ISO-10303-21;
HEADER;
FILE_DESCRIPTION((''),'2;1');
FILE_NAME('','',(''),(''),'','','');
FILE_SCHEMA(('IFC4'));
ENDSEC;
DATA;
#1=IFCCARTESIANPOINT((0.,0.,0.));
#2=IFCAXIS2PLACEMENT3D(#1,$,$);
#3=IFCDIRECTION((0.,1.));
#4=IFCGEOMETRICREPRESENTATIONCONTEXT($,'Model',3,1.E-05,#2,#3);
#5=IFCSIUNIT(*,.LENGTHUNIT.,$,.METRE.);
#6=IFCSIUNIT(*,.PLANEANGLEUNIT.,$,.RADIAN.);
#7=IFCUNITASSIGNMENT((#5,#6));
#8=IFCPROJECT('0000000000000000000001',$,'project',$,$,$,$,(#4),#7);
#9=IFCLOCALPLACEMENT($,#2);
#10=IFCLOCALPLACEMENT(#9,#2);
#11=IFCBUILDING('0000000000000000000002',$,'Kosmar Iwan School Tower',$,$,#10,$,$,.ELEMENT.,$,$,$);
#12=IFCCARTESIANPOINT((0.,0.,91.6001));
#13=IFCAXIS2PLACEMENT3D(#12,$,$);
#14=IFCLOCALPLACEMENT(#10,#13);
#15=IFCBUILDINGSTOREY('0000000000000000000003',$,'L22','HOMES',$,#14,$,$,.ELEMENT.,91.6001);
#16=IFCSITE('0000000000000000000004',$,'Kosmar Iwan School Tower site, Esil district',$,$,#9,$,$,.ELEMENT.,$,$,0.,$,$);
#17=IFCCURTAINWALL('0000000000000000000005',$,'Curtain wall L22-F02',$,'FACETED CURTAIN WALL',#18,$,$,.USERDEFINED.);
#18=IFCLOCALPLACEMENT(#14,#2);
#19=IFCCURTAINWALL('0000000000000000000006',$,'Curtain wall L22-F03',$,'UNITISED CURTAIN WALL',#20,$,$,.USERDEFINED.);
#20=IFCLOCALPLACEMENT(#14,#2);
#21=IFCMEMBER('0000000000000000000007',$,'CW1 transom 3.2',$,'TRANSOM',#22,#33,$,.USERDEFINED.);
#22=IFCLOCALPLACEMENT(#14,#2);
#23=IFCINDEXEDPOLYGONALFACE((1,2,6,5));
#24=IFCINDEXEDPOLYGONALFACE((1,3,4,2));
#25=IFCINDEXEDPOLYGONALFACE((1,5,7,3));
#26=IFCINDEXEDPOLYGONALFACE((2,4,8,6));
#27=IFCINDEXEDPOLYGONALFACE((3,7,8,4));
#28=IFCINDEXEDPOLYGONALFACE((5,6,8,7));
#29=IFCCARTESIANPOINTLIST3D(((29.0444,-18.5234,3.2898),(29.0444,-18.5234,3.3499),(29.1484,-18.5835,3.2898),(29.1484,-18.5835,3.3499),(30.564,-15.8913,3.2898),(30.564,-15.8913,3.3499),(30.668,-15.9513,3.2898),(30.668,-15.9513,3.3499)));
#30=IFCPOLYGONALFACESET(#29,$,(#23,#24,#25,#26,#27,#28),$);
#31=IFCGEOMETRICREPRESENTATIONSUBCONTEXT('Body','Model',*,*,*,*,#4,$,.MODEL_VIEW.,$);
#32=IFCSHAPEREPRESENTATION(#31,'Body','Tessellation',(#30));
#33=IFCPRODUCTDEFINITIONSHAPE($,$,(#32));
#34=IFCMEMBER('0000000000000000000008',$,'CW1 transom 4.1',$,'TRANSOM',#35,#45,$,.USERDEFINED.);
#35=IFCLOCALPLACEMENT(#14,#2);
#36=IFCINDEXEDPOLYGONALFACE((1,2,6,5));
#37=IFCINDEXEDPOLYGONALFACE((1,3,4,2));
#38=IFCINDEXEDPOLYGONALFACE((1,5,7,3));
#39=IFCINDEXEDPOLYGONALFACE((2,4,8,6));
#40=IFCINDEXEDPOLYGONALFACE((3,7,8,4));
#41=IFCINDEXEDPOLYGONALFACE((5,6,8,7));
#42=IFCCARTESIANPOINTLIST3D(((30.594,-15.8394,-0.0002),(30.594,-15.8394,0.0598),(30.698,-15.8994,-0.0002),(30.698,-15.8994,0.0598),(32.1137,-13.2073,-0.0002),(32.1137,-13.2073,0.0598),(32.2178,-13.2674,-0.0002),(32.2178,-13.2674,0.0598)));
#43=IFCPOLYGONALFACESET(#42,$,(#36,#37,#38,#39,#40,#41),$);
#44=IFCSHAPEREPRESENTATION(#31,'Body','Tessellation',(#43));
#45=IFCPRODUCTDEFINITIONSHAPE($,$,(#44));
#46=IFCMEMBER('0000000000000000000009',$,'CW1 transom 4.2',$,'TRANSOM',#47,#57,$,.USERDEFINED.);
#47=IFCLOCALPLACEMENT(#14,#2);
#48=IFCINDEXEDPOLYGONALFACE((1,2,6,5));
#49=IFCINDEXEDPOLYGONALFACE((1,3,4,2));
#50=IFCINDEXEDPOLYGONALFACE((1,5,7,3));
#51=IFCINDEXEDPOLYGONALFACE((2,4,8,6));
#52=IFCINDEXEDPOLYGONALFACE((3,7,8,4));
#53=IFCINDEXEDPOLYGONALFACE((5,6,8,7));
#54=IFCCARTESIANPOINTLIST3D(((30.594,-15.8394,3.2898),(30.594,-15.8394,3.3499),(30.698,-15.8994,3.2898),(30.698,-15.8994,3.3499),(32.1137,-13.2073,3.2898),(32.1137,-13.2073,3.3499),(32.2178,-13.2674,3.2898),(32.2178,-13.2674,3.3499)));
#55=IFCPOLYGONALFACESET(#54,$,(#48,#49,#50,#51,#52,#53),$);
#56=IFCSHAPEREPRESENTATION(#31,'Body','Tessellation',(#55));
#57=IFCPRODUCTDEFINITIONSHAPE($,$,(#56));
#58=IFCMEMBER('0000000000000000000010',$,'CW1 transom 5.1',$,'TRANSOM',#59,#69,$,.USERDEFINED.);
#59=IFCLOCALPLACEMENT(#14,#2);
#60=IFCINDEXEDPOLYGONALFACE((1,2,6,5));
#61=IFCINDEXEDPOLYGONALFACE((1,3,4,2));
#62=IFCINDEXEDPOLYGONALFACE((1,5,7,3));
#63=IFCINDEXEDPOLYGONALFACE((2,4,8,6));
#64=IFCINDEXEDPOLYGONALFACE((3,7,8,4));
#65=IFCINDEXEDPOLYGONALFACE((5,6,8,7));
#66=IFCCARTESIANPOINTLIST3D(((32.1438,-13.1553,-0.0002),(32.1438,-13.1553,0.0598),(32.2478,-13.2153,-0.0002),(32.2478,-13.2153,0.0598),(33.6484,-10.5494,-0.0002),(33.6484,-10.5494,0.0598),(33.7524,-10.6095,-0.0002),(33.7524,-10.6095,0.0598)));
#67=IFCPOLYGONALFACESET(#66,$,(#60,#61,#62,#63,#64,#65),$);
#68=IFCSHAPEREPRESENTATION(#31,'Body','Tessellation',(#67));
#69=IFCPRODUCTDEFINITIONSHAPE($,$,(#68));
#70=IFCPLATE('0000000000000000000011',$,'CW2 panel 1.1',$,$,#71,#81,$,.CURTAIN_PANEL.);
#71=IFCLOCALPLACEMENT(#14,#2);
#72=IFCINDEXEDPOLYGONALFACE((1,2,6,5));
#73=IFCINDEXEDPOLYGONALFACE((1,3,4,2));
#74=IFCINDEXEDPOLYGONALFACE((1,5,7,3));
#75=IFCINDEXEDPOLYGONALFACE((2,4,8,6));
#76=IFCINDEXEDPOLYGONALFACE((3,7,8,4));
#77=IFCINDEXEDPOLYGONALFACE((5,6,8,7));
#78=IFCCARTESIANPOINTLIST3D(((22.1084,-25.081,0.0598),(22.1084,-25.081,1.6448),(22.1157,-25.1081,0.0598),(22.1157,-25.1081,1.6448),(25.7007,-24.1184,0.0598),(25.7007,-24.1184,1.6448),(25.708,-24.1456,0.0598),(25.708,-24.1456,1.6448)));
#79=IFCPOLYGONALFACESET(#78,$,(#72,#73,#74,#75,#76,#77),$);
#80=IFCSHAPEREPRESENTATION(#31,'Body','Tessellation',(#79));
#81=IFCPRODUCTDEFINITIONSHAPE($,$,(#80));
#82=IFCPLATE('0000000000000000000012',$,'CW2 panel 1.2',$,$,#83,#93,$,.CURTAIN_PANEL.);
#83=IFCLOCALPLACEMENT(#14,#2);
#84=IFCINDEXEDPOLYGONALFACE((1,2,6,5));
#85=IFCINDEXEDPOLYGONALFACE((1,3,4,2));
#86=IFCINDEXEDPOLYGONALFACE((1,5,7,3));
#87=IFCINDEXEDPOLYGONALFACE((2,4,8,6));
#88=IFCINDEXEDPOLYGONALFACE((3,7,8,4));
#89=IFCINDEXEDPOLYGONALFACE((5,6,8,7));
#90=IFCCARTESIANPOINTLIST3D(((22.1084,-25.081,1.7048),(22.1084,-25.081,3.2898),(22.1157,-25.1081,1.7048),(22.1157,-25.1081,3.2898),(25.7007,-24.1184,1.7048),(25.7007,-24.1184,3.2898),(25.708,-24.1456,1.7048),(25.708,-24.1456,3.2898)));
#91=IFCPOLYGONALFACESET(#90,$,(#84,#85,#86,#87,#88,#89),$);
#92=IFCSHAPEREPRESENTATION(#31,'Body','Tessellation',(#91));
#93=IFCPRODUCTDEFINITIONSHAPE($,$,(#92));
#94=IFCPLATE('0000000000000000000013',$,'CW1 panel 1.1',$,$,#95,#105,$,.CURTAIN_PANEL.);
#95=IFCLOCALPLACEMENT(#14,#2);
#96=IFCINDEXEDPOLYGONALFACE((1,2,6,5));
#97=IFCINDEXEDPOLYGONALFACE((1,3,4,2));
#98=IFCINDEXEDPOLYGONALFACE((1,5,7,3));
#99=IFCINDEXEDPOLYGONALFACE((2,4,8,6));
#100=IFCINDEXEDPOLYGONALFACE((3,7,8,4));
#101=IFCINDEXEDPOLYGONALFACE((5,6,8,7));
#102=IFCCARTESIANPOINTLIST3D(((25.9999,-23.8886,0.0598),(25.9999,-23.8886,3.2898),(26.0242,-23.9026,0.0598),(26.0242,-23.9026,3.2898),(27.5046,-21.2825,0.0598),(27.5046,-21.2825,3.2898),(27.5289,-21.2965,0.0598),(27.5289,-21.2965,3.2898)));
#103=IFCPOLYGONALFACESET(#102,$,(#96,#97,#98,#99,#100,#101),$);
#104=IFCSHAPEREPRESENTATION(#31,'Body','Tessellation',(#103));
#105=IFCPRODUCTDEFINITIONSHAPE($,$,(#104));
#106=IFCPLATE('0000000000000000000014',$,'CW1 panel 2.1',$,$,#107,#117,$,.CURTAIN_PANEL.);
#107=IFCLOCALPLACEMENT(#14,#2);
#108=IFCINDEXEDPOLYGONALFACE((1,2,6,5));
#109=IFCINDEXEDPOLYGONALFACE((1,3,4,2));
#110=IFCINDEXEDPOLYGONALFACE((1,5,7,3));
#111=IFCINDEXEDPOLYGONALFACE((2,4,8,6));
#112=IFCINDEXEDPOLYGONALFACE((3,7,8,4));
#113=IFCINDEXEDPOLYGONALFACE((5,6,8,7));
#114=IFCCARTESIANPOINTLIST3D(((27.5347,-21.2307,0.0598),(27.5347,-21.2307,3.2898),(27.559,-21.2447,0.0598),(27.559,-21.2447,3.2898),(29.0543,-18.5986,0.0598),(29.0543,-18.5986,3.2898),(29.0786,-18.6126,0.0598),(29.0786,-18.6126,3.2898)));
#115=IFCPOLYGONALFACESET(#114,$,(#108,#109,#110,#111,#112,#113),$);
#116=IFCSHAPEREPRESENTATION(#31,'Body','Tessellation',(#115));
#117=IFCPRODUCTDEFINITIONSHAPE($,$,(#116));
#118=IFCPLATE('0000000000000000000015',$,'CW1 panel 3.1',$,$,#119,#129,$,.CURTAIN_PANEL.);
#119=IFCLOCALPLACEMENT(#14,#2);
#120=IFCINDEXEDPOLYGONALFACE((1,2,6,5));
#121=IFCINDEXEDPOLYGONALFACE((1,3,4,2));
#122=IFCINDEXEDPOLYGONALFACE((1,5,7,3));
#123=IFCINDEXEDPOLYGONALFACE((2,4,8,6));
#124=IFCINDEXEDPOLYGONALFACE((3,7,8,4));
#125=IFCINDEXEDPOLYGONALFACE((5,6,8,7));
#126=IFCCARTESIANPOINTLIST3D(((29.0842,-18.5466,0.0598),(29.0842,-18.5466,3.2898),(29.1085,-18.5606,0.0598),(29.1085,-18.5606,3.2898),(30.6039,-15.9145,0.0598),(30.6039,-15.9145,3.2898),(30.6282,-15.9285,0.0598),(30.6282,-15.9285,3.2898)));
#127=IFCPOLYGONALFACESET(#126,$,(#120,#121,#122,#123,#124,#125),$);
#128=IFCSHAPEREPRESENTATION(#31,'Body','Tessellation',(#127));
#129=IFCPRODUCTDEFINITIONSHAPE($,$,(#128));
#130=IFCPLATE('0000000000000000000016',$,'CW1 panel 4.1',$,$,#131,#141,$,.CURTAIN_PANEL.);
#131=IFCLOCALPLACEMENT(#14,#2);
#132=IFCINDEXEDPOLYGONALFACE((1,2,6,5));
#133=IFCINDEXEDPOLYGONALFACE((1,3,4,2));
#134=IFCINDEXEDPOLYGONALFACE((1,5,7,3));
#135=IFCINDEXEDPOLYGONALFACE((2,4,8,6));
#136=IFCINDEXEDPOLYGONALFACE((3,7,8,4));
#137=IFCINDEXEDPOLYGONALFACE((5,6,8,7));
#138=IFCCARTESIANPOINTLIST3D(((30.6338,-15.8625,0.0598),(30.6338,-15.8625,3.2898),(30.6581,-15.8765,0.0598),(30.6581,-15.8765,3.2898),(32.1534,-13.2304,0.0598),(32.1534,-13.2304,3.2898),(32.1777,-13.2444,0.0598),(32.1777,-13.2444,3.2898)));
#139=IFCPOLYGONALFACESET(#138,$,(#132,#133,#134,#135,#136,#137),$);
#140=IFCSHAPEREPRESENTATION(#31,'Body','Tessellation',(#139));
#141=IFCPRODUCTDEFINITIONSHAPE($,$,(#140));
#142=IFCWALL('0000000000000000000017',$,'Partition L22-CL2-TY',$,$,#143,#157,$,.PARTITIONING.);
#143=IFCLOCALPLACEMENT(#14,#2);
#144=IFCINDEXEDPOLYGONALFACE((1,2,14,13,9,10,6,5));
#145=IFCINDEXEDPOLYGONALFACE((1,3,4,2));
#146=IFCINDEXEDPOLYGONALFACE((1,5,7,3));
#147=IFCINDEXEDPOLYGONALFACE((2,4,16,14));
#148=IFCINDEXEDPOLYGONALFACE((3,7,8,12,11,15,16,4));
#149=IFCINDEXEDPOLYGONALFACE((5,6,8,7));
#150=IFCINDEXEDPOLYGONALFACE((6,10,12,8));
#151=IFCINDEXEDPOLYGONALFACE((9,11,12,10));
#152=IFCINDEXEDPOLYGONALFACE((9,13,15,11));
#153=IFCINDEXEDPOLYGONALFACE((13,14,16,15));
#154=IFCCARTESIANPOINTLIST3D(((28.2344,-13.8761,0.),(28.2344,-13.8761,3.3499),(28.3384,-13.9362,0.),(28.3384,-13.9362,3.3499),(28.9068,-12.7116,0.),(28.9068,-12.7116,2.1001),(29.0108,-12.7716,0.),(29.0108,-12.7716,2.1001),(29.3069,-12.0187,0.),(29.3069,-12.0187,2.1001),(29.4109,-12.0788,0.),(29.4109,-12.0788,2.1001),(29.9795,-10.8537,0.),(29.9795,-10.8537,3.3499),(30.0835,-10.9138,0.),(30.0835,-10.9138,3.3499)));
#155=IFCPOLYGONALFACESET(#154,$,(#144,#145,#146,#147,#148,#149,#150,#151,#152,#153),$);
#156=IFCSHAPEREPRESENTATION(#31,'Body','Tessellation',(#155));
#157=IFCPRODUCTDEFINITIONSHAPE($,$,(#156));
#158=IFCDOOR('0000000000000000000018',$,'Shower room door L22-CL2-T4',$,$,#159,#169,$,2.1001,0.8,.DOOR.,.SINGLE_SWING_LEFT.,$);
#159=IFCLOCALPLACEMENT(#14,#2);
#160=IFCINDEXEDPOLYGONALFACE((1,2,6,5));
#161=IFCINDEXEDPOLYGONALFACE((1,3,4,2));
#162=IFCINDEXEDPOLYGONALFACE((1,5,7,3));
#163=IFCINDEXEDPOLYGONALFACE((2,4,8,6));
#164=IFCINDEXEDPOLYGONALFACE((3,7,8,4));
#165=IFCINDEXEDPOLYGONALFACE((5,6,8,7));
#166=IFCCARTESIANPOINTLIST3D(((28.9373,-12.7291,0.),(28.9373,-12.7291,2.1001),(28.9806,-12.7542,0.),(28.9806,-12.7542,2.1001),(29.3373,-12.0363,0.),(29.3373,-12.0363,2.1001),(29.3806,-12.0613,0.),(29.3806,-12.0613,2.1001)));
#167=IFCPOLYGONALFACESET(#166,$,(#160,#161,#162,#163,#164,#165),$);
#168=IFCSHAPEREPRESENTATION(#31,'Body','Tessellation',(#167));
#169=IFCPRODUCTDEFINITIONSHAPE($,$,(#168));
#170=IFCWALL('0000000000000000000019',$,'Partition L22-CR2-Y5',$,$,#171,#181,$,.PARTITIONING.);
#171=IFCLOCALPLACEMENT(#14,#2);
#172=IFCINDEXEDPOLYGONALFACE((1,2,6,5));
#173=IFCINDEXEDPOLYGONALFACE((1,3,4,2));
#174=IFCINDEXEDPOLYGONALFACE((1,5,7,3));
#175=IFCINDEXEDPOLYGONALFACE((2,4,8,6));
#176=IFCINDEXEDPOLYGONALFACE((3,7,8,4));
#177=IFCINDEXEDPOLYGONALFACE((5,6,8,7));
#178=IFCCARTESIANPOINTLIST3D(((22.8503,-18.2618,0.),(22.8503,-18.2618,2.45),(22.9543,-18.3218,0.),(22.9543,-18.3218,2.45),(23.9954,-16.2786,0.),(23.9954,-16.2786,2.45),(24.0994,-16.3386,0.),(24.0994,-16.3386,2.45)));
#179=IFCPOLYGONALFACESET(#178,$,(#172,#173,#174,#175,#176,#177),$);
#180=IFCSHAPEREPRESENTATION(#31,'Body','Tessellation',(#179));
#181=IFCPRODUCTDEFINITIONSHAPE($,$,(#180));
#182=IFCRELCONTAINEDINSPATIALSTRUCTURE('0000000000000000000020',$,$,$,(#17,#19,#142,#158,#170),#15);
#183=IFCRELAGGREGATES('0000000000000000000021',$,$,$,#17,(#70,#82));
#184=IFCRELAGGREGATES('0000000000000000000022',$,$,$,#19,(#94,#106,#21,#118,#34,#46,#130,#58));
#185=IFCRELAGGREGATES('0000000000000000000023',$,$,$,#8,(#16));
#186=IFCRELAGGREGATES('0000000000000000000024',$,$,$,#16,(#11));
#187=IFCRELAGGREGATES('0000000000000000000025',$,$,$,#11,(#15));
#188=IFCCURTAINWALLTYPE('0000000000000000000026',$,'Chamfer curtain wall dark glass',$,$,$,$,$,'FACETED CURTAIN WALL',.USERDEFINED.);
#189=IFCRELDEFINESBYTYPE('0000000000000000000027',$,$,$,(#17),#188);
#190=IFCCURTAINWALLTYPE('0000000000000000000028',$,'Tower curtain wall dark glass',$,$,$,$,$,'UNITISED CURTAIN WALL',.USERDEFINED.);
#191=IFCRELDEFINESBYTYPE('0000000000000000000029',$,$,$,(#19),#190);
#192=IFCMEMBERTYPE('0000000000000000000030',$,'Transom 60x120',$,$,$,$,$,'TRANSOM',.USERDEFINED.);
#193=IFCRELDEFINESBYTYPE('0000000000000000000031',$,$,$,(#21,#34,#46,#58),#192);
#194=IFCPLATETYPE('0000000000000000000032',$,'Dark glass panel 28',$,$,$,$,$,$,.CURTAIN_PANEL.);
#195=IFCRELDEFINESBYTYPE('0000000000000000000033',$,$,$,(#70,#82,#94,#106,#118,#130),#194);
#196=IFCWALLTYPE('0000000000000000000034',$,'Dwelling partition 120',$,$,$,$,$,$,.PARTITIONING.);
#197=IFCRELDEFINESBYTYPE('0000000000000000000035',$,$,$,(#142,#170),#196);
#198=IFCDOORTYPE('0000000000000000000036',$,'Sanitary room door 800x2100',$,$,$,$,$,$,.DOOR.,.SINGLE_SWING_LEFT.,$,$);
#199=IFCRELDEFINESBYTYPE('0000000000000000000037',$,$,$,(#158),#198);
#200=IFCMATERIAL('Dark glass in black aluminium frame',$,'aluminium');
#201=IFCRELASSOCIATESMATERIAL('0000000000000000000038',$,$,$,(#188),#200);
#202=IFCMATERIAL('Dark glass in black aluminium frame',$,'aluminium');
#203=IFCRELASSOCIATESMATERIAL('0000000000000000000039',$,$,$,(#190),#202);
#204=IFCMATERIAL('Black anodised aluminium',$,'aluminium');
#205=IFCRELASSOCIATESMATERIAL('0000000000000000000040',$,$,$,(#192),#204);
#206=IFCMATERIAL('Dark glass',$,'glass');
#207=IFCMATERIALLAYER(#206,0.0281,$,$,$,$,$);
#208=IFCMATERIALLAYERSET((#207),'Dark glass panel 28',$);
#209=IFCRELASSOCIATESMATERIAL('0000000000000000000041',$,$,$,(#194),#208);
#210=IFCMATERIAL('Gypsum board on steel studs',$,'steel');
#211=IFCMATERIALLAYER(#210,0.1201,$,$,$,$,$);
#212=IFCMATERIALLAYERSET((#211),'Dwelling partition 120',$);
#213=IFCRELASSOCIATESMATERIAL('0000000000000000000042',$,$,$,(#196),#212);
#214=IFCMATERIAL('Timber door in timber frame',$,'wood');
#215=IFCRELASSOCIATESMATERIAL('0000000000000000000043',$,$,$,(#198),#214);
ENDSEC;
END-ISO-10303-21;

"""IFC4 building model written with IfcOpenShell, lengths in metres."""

from ifc_helpers import new_model, si_unit, direction, frame, frame_2d, origin, origin_2d, place, context, subcontext, project, spatial, rectangle, extrude, material, layer, layer_set, material_profile, profile_set, type_object, element, fill, aggregate, save


model = new_model("IFC4")

# Units and contexts
model_context = context("Model", 3, precision=1e-05, world=origin(), true_north=direction((0.0, 1.0)))
body_context = subcontext(model_context, "Body", "Model", "MODEL_VIEW")
ifc_project = project(units=[si_unit("LENGTHUNIT", "METRE"), si_unit("PLANEANGLEUNIT", "RADIAN")], contexts=[model_context])

# Site, building, storey
site_placement = place(None, origin())
site = spatial("IfcSite", under=ifc_project, at=site_placement, Name="Kosmar Iwan School Tower site, Esil district", CompositionType="ELEMENT", RefElevation=0.0)
building_placement = place(site_placement, origin())
building = spatial("IfcBuilding", under=site, at=building_placement, Name="Kosmar Iwan School Tower", CompositionType="ELEMENT")
storey_placement = place(building_placement, frame((0.0, 0.0, 91.6001)))
storey = spatial("IfcBuildingStorey", under=building, at=storey_placement, Name="L22", Description="HOMES", CompositionType="ELEMENT", Elevation=91.6001)

# Curtain wall
ifc_material_1 = material(Name="Dark glass in black aluminium frame", Category="aluminium")
curtain_wall_type_1 = type_object("IfcCurtainWallType", Name="Chamfer curtain wall dark glass", ElementType="FACETED CURTAIN WALL", PredefinedType="USERDEFINED", material=ifc_material_1)
curtain_wall_1_placement = place(storey_placement, origin())
curtain_wall_1 = element("IfcCurtainWall", 1, at=curtain_wall_1_placement, inside=storey, type_object=curtain_wall_type_1, Name="Curtain wall L22-F02", ObjectType="FACETED CURTAIN WALL", PredefinedType="USERDEFINED")

# Curtain wall
ifc_material_2 = material(Name="Dark glass in black aluminium frame", Category="aluminium")
curtain_wall_type_2 = type_object("IfcCurtainWallType", Name="Tower curtain wall dark glass", ElementType="UNITISED CURTAIN WALL", PredefinedType="USERDEFINED", material=ifc_material_2)
curtain_wall_2_placement = place(storey_placement, origin())
curtain_wall_2 = element("IfcCurtainWall", 2, at=curtain_wall_2_placement, inside=storey, type_object=curtain_wall_type_2, Name="Curtain wall L22-F03", ObjectType="UNITISED CURTAIN WALL", PredefinedType="USERDEFINED")

# Members
ifc_material_3 = material(Name="Black anodised aluminium", Category="aluminium")
ifc_material_profile_1 = material_profile(ifc_material_3, rectangle(XDim=0.1201, YDim=0.0601, at=origin_2d()), Name="TRANSOM 60x120")
ifc_profile_set_1 = profile_set([ifc_material_profile_1], Name="Black anodised aluminium")
member_type_1 = type_object("IfcMemberType", Name="Transom 60x120", ElementType="TRANSOM", PredefinedType="USERDEFINED", material=ifc_profile_set_1)
member_1_placement = place(storey_placement, frame((29.0964, -18.5535, 3.3198), z_axis=(0.499975, 0.86604, 0.0), x_axis=(-0.86604, 0.499975, 0.0)))
member_1 = element("IfcMember", 3, at=member_1_placement, type_object=member_type_1, Name="CW1 transom 3.2", ObjectType="TRANSOM", PredefinedType="USERDEFINED", context=body_context, shape_type="SweptSolid", body=[
    extrude(rectangle(XDim=0.1201, YDim=0.0601, at=origin_2d()), origin(), (0.0, 0.0, 1.0), 3.0393),
])
member_2_placement = place(storey_placement, frame((30.646, -15.8694, 0.0298), z_axis=(0.500035, 0.866005, 0.0), x_axis=(-0.866005, 0.500035, 0.0)))
member_2 = element("IfcMember", 4, at=member_2_placement, type_object=member_type_1, Name="CW1 transom 4.1", ObjectType="TRANSOM", PredefinedType="USERDEFINED", context=body_context, shape_type="SweptSolid", body=[
    extrude(rectangle(XDim=0.1201, YDim=0.0601, at=origin_2d()), origin(), (0.0, 0.0, 1.0), 3.0393),
])
member_3_placement = place(storey_placement, frame((30.646, -15.8694, 3.3198), z_axis=(0.500035, 0.866005, 0.0), x_axis=(-0.866005, 0.500035, 0.0)))
member_3 = element("IfcMember", 5, at=member_3_placement, type_object=member_type_1, Name="CW1 transom 4.2", ObjectType="TRANSOM", PredefinedType="USERDEFINED", context=body_context, shape_type="SweptSolid", body=[
    extrude(rectangle(XDim=0.1201, YDim=0.0601, at=origin_2d()), origin(), (0.0, 0.0, 1.0), 3.0393),
])
member_4_placement = place(storey_placement, frame((32.1958, -13.1853, 0.0298), z_axis=(0.500022, 0.866013, 0.0), x_axis=(-0.866013, 0.500022, 0.0)))
member_4 = element("IfcMember", 6, at=member_4_placement, type_object=member_type_1, Name="CW1 transom 5.1", ObjectType="TRANSOM", PredefinedType="USERDEFINED", context=body_context, shape_type="SweptSolid", body=[
    extrude(rectangle(XDim=0.1201, YDim=0.0601, at=origin_2d()), origin(), (0.0, 0.0, 1.0), 3.009),
])

# Plates
ifc_material_4 = material(Name="Dark glass", Category="glass")
ifc_layer_1 = layer(ifc_material_4, 0.0281)
ifc_layer_set_1 = layer_set([ifc_layer_1], Name="Dark glass panel 28")
plate_type = type_object("IfcPlateType", Name="Dark glass panel 28", PredefinedType="CURTAIN_PANEL", material=ifc_layer_set_1)
plate_1_placement = place(storey_placement, frame((23.9082, -24.6133, 0.0598), z_axis=(0.0, 0.0, 1.0), x_axis=(0.965926, 0.258819, 0.0)))
plate_1 = element("IfcPlate", 7, at=plate_1_placement, type_object=plate_type, Name="CW2 panel 1.1", PredefinedType="CURTAIN_PANEL", context=body_context, shape_type="SweptSolid", body=[
    extrude(rectangle(XDim=3.719, YDim=0.0281, at=origin_2d()), origin(), (0.0, 0.0, 1.0), 1.585),
])
plate_2_placement = place(storey_placement, frame((23.9082, -24.6133, 1.7048), z_axis=(0.0, 0.0, 1.0), x_axis=(0.965926, 0.258819, 0.0)))
plate_2 = element("IfcPlate", 8, at=plate_2_placement, type_object=plate_type, Name="CW2 panel 1.2", PredefinedType="CURTAIN_PANEL", context=body_context, shape_type="SweptSolid", body=[
    extrude(rectangle(XDim=3.719, YDim=0.0281, at=origin_2d()), origin(), (0.0, 0.0, 1.0), 1.585),
])
aggregate(curtain_wall_1, [plate_1, plate_2])
plate_3_placement = place(storey_placement, frame((26.7644, -22.5925, 0.0598), z_axis=(0.0, 0.0, 1.0), x_axis=(0.5, 0.866025, 0.0)))
plate_3 = element("IfcPlate", 9, at=plate_3_placement, type_object=plate_type, Name="CW1 panel 1.1", PredefinedType="CURTAIN_PANEL", context=body_context, shape_type="SweptSolid", body=[
    extrude(rectangle(XDim=3.0093, YDim=0.0281, at=origin_2d()), origin(), (0.0, 0.0, 1.0), 3.23),
])
plate_4_placement = place(storey_placement, frame((28.3066, -19.9216, 0.0598), z_axis=(0.0, 0.0, 1.0), x_axis=(0.5, 0.866025, 0.0)))
plate_4 = element("IfcPlate", 10, at=plate_4_placement, type_object=plate_type, Name="CW1 panel 2.1", PredefinedType="CURTAIN_PANEL", context=body_context, shape_type="SweptSolid", body=[
    extrude(rectangle(XDim=3.0393, YDim=0.0281, at=origin_2d()), origin(), (0.0, 0.0, 1.0), 3.23),
])
plate_5_placement = place(storey_placement, frame((29.8562, -17.2375, 0.0598), z_axis=(0.0, 0.0, 1.0), x_axis=(0.5, 0.866025, 0.0)))
plate_5 = element("IfcPlate", 11, at=plate_5_placement, type_object=plate_type, Name="CW1 panel 3.1", PredefinedType="CURTAIN_PANEL", context=body_context, shape_type="SweptSolid", body=[
    extrude(rectangle(XDim=3.0393, YDim=0.0281, at=origin_2d()), origin(), (0.0, 0.0, 1.0), 3.23),
])
plate_6_placement = place(storey_placement, frame((31.4058, -14.5535, 0.0598), z_axis=(0.0, 0.0, 1.0), x_axis=(0.5, 0.866025, 0.0)))
plate_6 = element("IfcPlate", 12, at=plate_6_placement, type_object=plate_type, Name="CW1 panel 4.1", PredefinedType="CURTAIN_PANEL", context=body_context, shape_type="SweptSolid", body=[
    extrude(rectangle(XDim=3.0393, YDim=0.0281, at=origin_2d()), origin(), (0.0, 0.0, 1.0), 3.23),
])
aggregate(curtain_wall_2, [plate_3, plate_4, member_1, plate_5, member_2, member_3, plate_6, member_4])

# Wall, opening, door
ifc_material_5 = material(Name="Gypsum board on steel studs", Category="steel")
ifc_layer_2 = layer(ifc_material_5, 0.1201)
ifc_layer_set_2 = layer_set([ifc_layer_2], Name="Dwelling partition 120")
wall_type = type_object("IfcWallType", Name="Dwelling partition 120", PredefinedType="PARTITIONING", material=ifc_layer_set_2)
wall_1_placement = place(storey_placement, frame((28.2864, -13.9062, 0.0), z_axis=(0.0, 0.0, 1.0), x_axis=(0.500021, 0.866013, 0.0)))
wall_1 = element("IfcWall", 13, at=wall_1_placement, inside=storey, type_object=wall_type, Name="Partition L22-CL2-TY", PredefinedType="PARTITIONING", context=body_context, shape_type="SweptSolid", body=[
    extrude(rectangle(XDim=3.49, YDim=0.1201, at=frame_2d((1.7451, 0.0))), origin(), (0.0, 0.0, 1.0), 3.3499),
])
opening_placement = place(wall_1_placement, frame((1.345, 0.0, 0.0)))
opening = element("IfcOpeningElement", 14, at=opening_placement, cuts=wall_1, PredefinedType="OPENING", context=body_context, shape_type="SweptSolid", body=[
    extrude(rectangle(XDim=0.8, YDim=2.1001, at=frame_2d((0.3999, 1.05))), frame((0.0, 0.072, 0.0), z_axis=(0.0, -1.0, 0.0), x_axis=(1.0, 0.0, 0.0)), (0.0, 0.0, 1.0), 0.144),
])
ifc_material_6 = material(Name="Timber door in timber frame", Category="wood")
door_type = type_object("IfcDoorType", Name="Sanitary room door 800x2100", OperationType="SINGLE_SWING_LEFT", PredefinedType="DOOR", material=ifc_material_6)
door_placement = place(opening_placement, origin())
door = element("IfcDoor", 15, at=door_placement, inside=storey, type_object=door_type, Name="Shower room door L22-CL2-T4", OperationType="SINGLE_SWING_LEFT", OverallHeight=2.1001, OverallWidth=0.8, PredefinedType="DOOR", context=body_context, shape_type="SweptSolid", body=[
    extrude(rectangle(XDim=0.8, YDim=2.1001, at=frame_2d((0.3999, 1.05))), frame((0.0, 0.0249, 0.0), z_axis=(0.0, -1.0, 0.0), x_axis=(1.0, 0.0, 0.0)), (0.0, 0.0, 1.0), 0.05),
])
fill(opening, door)

# Wall
wall_2_placement = place(storey_placement, frame((24.0474, -16.3086, 0.0), z_axis=(0.0, 0.0, 1.0), x_axis=(-0.500015, -0.866017, 0.0)))
element("IfcWall", 16, at=wall_2_placement, inside=storey, type_object=wall_type, Name="Partition L22-CR2-Y5", PredefinedType="PARTITIONING", context=body_context, shape_type="SweptSolid", body=[
    extrude(rectangle(XDim=2.29, YDim=0.1201, at=frame_2d((1.145, 0.0))), origin(), (0.0, 0.0, 1.0), 2.45),
])

save(model, "model.ifc")
